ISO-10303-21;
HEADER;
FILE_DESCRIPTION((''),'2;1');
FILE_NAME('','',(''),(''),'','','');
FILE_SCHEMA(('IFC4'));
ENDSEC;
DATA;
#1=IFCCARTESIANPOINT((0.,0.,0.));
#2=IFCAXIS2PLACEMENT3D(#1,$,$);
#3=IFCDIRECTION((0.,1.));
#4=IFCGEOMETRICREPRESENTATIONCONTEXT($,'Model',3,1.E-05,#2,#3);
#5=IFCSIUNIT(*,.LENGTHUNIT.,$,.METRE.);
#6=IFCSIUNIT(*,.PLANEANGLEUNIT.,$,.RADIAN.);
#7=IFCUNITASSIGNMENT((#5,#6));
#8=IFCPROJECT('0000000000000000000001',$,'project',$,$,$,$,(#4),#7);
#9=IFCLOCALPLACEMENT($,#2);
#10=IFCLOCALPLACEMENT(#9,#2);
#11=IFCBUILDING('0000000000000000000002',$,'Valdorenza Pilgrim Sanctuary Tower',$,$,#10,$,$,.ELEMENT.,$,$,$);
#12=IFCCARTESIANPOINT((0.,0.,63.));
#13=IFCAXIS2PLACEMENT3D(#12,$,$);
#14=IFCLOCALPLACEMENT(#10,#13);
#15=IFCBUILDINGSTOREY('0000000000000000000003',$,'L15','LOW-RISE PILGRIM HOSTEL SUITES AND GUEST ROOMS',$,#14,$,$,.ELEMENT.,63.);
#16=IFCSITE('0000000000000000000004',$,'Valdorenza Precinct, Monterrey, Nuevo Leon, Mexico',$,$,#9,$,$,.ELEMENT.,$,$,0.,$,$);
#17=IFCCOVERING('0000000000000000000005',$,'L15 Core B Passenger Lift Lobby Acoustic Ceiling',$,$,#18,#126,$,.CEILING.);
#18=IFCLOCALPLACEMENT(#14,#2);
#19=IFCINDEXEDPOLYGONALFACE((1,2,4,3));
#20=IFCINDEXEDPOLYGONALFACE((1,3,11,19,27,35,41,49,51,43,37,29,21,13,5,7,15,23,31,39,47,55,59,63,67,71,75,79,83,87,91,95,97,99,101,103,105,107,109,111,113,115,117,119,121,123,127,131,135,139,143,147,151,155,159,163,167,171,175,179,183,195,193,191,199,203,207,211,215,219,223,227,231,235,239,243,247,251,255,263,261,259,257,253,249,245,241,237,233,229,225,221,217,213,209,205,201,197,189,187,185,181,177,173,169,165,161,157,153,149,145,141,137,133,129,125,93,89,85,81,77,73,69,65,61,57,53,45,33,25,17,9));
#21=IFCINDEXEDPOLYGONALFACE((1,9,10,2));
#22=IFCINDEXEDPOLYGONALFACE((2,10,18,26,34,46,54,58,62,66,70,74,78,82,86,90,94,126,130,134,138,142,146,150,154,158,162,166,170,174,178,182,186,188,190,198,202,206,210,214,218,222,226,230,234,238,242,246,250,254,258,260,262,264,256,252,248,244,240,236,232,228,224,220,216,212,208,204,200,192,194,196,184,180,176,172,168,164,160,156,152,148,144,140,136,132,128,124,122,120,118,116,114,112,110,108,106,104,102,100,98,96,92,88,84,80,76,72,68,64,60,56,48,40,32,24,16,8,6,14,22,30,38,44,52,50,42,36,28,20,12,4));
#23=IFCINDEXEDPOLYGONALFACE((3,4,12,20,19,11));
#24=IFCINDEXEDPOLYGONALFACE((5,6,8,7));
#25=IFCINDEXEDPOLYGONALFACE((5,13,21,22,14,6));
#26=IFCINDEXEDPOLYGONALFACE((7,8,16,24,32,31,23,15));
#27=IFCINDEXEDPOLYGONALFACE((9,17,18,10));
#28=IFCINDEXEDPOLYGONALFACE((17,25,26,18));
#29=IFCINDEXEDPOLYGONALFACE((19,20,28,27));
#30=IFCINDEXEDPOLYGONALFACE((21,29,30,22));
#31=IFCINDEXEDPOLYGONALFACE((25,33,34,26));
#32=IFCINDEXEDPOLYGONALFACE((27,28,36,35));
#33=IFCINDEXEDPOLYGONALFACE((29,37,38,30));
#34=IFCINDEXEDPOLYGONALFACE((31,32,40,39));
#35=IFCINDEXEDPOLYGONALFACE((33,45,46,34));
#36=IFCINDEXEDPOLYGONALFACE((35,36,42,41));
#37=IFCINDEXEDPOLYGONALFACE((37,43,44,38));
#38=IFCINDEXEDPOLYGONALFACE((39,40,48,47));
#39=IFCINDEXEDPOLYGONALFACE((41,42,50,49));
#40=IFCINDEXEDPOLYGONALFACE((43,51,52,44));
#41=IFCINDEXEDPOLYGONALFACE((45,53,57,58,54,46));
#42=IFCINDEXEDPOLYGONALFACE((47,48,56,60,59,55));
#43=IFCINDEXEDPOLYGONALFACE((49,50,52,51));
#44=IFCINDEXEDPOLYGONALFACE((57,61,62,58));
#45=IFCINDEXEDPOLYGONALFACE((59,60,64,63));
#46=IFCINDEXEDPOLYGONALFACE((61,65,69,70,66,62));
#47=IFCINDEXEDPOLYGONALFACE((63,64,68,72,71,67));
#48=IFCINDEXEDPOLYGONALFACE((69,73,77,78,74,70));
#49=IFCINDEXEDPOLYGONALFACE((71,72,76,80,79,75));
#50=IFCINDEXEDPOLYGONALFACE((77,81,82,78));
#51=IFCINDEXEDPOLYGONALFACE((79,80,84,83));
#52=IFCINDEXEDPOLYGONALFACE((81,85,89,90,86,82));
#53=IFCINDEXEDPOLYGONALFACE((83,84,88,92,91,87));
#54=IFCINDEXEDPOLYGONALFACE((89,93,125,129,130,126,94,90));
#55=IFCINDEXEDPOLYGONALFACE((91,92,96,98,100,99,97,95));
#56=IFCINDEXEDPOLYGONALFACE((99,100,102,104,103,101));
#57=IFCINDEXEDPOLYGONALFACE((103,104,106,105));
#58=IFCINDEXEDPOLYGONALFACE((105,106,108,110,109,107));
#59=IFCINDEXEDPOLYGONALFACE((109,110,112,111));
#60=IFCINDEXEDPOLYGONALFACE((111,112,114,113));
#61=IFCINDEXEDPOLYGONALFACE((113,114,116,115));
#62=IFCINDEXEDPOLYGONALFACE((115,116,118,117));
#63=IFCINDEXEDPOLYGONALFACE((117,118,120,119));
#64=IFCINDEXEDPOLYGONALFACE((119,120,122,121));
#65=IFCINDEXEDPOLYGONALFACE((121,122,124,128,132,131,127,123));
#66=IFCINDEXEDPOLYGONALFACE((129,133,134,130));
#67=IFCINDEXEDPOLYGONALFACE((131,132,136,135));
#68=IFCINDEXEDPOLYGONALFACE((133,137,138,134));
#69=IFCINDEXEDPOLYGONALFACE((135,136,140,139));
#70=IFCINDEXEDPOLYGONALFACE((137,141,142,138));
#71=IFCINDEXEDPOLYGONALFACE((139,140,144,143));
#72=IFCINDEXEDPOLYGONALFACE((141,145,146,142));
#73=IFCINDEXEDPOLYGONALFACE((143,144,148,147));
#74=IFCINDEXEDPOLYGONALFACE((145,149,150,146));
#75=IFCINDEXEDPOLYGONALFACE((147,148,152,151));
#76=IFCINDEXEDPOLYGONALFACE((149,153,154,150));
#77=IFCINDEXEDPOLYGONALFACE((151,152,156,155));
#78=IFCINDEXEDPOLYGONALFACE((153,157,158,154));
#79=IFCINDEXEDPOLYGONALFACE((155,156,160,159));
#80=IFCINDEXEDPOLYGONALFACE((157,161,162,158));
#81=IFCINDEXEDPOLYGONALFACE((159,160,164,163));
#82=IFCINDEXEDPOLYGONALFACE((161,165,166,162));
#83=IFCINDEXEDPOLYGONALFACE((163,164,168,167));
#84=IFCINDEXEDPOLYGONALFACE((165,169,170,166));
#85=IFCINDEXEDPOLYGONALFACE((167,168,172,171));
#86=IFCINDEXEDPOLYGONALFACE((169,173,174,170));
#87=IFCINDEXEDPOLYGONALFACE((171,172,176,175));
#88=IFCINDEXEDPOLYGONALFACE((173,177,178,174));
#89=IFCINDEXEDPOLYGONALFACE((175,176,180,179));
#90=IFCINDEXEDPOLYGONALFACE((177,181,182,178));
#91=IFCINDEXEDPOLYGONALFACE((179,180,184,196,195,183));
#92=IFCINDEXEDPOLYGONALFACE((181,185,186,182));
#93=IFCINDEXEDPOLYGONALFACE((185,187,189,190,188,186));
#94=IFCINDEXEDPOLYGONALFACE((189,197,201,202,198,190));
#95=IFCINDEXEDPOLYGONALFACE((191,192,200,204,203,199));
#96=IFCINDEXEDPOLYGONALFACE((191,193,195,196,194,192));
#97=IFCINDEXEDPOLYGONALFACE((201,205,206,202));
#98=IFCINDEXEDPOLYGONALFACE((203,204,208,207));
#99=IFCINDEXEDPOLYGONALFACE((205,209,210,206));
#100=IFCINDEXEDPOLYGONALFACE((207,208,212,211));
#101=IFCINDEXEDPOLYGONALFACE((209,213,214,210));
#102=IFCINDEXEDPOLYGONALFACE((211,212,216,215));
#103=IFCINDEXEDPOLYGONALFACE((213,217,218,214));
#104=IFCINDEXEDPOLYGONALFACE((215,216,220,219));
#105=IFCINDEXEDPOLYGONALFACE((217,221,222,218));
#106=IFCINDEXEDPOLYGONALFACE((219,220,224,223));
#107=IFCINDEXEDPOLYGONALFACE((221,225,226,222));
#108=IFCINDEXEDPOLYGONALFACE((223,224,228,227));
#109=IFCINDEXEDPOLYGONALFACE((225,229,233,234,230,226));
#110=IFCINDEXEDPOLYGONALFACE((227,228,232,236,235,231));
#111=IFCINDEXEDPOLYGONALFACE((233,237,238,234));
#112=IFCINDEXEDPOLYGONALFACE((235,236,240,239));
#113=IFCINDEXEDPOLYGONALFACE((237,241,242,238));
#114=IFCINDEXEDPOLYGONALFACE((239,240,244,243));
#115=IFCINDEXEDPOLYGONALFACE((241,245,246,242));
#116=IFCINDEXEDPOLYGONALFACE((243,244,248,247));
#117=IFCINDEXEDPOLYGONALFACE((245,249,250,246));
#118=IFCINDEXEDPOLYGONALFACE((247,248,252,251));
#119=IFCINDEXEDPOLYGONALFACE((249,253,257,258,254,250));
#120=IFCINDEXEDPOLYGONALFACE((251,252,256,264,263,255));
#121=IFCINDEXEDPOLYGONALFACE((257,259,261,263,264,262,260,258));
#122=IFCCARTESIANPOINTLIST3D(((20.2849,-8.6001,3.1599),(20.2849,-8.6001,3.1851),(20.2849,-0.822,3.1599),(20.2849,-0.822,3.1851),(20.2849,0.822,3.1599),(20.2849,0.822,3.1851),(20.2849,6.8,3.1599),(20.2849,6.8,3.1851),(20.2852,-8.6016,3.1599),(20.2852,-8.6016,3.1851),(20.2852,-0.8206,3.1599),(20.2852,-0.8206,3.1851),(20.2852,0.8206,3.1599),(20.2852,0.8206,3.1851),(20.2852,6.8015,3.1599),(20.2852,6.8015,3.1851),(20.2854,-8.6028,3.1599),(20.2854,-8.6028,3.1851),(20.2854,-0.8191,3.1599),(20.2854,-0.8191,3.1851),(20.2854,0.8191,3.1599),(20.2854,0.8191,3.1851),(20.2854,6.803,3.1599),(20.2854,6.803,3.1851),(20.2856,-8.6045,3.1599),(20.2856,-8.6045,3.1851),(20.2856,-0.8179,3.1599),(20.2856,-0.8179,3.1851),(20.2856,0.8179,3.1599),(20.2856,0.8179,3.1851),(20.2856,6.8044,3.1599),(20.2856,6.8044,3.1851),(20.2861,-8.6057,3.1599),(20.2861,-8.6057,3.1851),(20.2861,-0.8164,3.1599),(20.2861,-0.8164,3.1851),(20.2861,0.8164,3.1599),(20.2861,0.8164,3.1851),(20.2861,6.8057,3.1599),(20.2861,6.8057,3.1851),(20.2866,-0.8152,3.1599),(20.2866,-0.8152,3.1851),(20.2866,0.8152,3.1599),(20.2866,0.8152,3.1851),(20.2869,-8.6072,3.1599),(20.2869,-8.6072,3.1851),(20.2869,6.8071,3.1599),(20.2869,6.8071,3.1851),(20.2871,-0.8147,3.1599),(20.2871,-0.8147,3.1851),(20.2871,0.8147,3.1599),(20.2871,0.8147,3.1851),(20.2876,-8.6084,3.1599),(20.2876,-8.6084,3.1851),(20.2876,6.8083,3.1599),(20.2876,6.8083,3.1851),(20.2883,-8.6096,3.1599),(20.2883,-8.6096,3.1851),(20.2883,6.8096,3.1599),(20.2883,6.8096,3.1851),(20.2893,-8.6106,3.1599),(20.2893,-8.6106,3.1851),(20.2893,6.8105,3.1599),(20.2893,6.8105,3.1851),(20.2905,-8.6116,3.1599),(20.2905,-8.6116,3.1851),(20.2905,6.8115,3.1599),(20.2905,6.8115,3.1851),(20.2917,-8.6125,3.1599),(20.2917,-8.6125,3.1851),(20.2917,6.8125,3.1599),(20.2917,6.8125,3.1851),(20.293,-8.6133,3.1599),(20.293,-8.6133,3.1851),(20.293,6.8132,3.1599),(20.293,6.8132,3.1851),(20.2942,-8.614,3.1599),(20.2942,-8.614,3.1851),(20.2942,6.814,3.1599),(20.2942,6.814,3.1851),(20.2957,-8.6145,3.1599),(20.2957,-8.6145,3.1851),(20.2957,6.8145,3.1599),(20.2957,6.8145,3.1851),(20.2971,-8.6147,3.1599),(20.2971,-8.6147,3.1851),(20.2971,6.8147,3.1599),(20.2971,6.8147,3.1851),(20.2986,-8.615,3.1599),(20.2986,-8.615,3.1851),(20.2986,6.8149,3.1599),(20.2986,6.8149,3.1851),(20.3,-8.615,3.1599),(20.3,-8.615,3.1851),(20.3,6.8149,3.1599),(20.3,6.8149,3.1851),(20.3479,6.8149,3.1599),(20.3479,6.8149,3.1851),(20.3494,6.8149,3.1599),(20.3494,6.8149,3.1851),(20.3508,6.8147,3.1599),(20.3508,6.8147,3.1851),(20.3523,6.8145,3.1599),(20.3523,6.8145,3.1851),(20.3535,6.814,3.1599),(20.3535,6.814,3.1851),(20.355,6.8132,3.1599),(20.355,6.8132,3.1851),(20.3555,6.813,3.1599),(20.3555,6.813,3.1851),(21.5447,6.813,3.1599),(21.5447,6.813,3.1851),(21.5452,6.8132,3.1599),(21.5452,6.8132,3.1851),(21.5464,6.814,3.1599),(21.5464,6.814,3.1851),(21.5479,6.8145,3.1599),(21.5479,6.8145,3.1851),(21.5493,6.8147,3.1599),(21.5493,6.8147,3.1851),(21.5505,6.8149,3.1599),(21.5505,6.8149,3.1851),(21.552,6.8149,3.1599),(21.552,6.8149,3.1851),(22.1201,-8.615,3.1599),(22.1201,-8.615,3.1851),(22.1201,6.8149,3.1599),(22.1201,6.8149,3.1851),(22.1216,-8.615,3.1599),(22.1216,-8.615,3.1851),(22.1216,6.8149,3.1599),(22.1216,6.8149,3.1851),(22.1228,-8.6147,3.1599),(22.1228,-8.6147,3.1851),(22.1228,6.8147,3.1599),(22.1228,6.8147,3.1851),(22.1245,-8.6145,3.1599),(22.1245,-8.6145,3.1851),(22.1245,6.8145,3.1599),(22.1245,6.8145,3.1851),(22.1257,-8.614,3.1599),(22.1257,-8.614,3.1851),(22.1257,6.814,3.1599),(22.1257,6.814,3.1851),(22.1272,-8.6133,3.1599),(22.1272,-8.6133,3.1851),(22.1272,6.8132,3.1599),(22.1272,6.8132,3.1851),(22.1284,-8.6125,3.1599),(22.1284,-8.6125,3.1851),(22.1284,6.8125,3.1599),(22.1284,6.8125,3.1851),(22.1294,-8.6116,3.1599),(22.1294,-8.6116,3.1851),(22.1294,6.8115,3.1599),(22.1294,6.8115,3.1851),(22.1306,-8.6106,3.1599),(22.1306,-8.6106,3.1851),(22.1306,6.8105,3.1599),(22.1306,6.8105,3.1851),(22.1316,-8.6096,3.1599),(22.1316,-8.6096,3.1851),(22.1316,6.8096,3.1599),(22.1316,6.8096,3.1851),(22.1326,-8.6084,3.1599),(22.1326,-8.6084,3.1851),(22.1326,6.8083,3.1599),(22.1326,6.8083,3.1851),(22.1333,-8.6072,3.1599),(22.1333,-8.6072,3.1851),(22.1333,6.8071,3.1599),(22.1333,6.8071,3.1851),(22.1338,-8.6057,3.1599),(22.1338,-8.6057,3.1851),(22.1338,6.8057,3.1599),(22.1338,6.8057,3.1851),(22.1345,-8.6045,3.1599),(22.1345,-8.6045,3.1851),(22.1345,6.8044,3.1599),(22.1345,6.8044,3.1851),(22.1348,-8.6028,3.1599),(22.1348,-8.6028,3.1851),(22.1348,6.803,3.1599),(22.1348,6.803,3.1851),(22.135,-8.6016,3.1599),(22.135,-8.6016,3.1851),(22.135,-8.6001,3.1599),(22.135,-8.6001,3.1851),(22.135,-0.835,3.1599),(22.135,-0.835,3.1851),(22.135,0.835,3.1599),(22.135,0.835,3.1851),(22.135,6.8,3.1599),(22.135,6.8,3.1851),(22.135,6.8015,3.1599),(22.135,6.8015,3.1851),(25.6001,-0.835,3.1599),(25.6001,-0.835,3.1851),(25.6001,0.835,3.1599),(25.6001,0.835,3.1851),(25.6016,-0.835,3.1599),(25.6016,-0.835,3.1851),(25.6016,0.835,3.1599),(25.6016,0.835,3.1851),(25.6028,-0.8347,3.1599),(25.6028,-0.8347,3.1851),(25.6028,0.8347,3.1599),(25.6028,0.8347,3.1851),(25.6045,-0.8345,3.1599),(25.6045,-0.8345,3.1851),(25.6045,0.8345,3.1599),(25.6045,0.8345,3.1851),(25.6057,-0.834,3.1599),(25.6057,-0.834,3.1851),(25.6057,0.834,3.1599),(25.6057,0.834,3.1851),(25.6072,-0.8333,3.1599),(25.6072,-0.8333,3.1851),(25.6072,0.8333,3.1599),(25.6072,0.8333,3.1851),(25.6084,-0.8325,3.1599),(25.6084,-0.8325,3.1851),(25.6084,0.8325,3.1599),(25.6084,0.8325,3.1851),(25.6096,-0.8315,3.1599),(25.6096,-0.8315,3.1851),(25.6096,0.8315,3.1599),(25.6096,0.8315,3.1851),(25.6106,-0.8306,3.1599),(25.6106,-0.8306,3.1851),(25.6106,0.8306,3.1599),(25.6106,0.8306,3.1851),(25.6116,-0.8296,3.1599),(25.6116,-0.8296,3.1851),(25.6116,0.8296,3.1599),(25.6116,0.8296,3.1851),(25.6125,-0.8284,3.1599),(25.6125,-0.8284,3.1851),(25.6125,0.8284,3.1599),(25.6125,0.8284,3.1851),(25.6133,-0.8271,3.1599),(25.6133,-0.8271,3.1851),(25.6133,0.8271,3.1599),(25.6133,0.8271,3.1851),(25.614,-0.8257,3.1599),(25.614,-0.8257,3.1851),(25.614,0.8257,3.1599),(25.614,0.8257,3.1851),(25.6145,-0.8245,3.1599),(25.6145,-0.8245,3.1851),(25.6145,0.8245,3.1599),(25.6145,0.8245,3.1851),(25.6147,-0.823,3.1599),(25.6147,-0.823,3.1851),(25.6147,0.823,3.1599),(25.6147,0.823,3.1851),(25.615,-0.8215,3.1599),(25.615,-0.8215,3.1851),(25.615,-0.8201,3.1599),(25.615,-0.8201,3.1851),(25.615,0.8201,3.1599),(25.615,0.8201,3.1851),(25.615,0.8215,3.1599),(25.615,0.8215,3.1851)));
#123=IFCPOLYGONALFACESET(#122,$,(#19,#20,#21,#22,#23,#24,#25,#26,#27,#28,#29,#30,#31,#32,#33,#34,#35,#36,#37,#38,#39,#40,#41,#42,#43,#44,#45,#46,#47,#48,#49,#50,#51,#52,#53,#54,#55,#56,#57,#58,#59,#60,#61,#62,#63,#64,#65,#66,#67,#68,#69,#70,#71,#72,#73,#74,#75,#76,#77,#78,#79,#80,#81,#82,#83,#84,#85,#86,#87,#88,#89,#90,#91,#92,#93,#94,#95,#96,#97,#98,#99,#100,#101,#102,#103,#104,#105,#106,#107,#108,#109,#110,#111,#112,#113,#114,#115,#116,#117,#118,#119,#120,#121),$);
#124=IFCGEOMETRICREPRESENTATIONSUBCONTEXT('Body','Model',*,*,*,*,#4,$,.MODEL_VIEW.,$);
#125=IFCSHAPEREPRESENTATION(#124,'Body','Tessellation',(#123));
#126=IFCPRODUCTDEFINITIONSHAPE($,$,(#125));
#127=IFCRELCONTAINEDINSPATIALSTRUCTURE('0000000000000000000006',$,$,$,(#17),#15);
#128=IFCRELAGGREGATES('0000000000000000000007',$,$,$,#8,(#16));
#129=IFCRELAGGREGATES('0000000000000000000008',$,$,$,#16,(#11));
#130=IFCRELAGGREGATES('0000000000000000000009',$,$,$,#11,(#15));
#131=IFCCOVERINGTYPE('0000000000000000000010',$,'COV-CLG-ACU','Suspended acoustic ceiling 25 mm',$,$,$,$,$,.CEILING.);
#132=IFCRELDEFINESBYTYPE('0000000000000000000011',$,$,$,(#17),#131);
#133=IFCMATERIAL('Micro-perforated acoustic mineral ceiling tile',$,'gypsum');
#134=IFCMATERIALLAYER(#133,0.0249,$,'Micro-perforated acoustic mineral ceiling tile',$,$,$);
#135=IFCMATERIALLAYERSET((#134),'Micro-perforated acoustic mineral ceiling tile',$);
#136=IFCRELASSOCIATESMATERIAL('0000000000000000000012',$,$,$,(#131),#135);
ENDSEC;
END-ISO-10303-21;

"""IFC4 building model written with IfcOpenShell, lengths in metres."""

from ifc_helpers import new_model, si_unit, direction, frame, origin, place, context, subcontext, project, spatial, polyline, outline, extrude, material, layer, layer_set, type_object, element, save


model = new_model("IFC4")

# Units and contexts
model_context = context("Model", 3, precision=1e-05, world=origin(), true_north=direction((0.0, 1.0)))
body_context = subcontext(model_context, "Body", "Model", "MODEL_VIEW")
ifc_project = project(units=[si_unit("LENGTHUNIT", "METRE"), si_unit("PLANEANGLEUNIT", "RADIAN")], contexts=[model_context])

# Site, building, storey
site_placement = place(None, origin())
site = spatial("IfcSite", under=ifc_project, at=site_placement, Name="Valdorenza Precinct, Monterrey, Nuevo Leon, Mexico", CompositionType="ELEMENT", RefElevation=0.0)
building_placement = place(site_placement, origin())
building = spatial("IfcBuilding", under=site, at=building_placement, Name="Valdorenza Pilgrim Sanctuary Tower", CompositionType="ELEMENT")
storey_placement = place(building_placement, frame((0.0, 0.0, 63.0)))
storey = spatial("IfcBuildingStorey", under=building, at=storey_placement, Name="L15", Description="LOW-RISE PILGRIM HOSTEL SUITES AND GUEST ROOMS", CompositionType="ELEMENT", Elevation=63.0)

# Covering
ifc_material_1 = material(Name="Micro-perforated acoustic mineral ceiling tile", Category="gypsum")
ifc_layer_1 = layer(ifc_material_1, 0.0249, Name="Micro-perforated acoustic mineral ceiling tile")
ifc_layer_set_1 = layer_set([ifc_layer_1], Name="Micro-perforated acoustic mineral ceiling tile")
covering_type_1 = type_object("IfcCoveringType", Name="COV-CLG-ACU", Description="Suspended acoustic ceiling 25 mm", PredefinedType="CEILING", material=ifc_layer_set_1)
covering_1_placement = place(storey_placement, frame((0.0, 0.0, 3.1599)))
element("IfcCovering", 1, at=covering_1_placement, inside=storey, type_object=covering_type_1, Name="L15 Core B Passenger Lift Lobby Acoustic Ceiling", PredefinedType="CEILING", context=body_context, shape_type="SweptSolid", body=[
    extrude(outline(polyline([(20.2871, -0.8147), (20.2871, 0.8147), (20.2866, 0.8152), (20.2861, 0.8164), (20.2856, 0.8179), (20.2854, 0.8191), (20.2852, 0.8206), (20.2849, 0.822), (20.2849, 6.8), (20.2852, 6.8015), (20.2854, 6.803), (20.2856, 6.8044), (20.2861, 6.8057), (20.2869, 6.8071), (20.2876, 6.8083), (20.2883, 6.8096), (20.2893, 6.8105), (20.2905, 6.8115), (20.2917, 6.8125), (20.293, 6.8132), (20.2942, 6.814), (20.2957, 6.8145), (20.2971, 6.8147), (20.2986, 6.8149), (20.3, 6.8149), (20.3479, 6.8149), (20.3494, 6.8149), (20.3508, 6.8147), (20.3523, 6.8145), (20.3535, 6.814), (20.355, 6.8132), (20.3555, 6.813), (21.5447, 6.813), (21.5452, 6.8132), (21.5464, 6.814), (21.5479, 6.8145), (21.5493, 6.8147), (21.5505, 6.8149), (21.552, 6.8149), (22.1201, 6.8149), (22.1216, 6.8149), (22.1228, 6.8147), (22.1245, 6.8145), (22.1257, 6.814), (22.1272, 6.8132), (22.1284, 6.8125), (22.1294, 6.8115), (22.1306, 6.8105), (22.1316, 6.8096), (22.1326, 6.8083), (22.1333, 6.8071), (22.1338, 6.8057), (22.1345, 6.8044), (22.1348, 6.803), (22.135, 6.8015), (22.135, 6.8), (22.135, 0.835), (25.6001, 0.835), (25.6016, 0.835), (25.6028, 0.8347), (25.6045, 0.8345), (25.6057, 0.834), (25.6072, 0.8333), (25.6084, 0.8325), (25.6096, 0.8315), (25.6106, 0.8306), (25.6116, 0.8296), (25.6125, 0.8284), (25.6133, 0.8271), (25.614, 0.8257), (25.6145, 0.8245), (25.6147, 0.823), (25.615, 0.8215), (25.615, 0.8201), (25.615, -0.8201), (25.615, -0.8215), (25.6147, -0.823), (25.6145, -0.8245), (25.614, -0.8257), (25.6133, -0.8271), (25.6125, -0.8284), (25.6116, -0.8296), (25.6106, -0.8306), (25.6096, -0.8315), (25.6084, -0.8325), (25.6072, -0.8333), (25.6057, -0.834), (25.6045, -0.8345), (25.6028, -0.8347), (25.6016, -0.835), (25.6001, -0.835), (22.135, -0.835), (22.135, -8.6001), (22.135, -8.6016), (22.1348, -8.6028), (22.1345, -8.6045), (22.1338, -8.6057), (22.1333, -8.6072), (22.1326, -8.6084), (22.1316, -8.6096), (22.1306, -8.6106), (22.1294, -8.6116), (22.1284, -8.6125), (22.1272, -8.6133), (22.1257, -8.614), (22.1245, -8.6145), (22.1228, -8.6147), (22.1216, -8.615), (22.1201, -8.615), (20.3, -8.615), (20.2986, -8.615), (20.2971, -8.6147), (20.2957, -8.6145), (20.2942, -8.614), (20.293, -8.6133), (20.2917, -8.6125), (20.2905, -8.6116), (20.2893, -8.6106), (20.2883, -8.6096), (20.2876, -8.6084), (20.2869, -8.6072), (20.2861, -8.6057), (20.2856, -8.6045), (20.2854, -8.6028), (20.2852, -8.6016), (20.2849, -8.6001), (20.2849, -0.822), (20.2852, -0.8206), (20.2854, -0.8191), (20.2856, -0.8179), (20.2861, -0.8164), (20.2866, -0.8152), (20.2871, -0.8147)])), origin(), (0.0, 0.0, 1.0), 0.0251),
])

save(model, "model.ifc")
